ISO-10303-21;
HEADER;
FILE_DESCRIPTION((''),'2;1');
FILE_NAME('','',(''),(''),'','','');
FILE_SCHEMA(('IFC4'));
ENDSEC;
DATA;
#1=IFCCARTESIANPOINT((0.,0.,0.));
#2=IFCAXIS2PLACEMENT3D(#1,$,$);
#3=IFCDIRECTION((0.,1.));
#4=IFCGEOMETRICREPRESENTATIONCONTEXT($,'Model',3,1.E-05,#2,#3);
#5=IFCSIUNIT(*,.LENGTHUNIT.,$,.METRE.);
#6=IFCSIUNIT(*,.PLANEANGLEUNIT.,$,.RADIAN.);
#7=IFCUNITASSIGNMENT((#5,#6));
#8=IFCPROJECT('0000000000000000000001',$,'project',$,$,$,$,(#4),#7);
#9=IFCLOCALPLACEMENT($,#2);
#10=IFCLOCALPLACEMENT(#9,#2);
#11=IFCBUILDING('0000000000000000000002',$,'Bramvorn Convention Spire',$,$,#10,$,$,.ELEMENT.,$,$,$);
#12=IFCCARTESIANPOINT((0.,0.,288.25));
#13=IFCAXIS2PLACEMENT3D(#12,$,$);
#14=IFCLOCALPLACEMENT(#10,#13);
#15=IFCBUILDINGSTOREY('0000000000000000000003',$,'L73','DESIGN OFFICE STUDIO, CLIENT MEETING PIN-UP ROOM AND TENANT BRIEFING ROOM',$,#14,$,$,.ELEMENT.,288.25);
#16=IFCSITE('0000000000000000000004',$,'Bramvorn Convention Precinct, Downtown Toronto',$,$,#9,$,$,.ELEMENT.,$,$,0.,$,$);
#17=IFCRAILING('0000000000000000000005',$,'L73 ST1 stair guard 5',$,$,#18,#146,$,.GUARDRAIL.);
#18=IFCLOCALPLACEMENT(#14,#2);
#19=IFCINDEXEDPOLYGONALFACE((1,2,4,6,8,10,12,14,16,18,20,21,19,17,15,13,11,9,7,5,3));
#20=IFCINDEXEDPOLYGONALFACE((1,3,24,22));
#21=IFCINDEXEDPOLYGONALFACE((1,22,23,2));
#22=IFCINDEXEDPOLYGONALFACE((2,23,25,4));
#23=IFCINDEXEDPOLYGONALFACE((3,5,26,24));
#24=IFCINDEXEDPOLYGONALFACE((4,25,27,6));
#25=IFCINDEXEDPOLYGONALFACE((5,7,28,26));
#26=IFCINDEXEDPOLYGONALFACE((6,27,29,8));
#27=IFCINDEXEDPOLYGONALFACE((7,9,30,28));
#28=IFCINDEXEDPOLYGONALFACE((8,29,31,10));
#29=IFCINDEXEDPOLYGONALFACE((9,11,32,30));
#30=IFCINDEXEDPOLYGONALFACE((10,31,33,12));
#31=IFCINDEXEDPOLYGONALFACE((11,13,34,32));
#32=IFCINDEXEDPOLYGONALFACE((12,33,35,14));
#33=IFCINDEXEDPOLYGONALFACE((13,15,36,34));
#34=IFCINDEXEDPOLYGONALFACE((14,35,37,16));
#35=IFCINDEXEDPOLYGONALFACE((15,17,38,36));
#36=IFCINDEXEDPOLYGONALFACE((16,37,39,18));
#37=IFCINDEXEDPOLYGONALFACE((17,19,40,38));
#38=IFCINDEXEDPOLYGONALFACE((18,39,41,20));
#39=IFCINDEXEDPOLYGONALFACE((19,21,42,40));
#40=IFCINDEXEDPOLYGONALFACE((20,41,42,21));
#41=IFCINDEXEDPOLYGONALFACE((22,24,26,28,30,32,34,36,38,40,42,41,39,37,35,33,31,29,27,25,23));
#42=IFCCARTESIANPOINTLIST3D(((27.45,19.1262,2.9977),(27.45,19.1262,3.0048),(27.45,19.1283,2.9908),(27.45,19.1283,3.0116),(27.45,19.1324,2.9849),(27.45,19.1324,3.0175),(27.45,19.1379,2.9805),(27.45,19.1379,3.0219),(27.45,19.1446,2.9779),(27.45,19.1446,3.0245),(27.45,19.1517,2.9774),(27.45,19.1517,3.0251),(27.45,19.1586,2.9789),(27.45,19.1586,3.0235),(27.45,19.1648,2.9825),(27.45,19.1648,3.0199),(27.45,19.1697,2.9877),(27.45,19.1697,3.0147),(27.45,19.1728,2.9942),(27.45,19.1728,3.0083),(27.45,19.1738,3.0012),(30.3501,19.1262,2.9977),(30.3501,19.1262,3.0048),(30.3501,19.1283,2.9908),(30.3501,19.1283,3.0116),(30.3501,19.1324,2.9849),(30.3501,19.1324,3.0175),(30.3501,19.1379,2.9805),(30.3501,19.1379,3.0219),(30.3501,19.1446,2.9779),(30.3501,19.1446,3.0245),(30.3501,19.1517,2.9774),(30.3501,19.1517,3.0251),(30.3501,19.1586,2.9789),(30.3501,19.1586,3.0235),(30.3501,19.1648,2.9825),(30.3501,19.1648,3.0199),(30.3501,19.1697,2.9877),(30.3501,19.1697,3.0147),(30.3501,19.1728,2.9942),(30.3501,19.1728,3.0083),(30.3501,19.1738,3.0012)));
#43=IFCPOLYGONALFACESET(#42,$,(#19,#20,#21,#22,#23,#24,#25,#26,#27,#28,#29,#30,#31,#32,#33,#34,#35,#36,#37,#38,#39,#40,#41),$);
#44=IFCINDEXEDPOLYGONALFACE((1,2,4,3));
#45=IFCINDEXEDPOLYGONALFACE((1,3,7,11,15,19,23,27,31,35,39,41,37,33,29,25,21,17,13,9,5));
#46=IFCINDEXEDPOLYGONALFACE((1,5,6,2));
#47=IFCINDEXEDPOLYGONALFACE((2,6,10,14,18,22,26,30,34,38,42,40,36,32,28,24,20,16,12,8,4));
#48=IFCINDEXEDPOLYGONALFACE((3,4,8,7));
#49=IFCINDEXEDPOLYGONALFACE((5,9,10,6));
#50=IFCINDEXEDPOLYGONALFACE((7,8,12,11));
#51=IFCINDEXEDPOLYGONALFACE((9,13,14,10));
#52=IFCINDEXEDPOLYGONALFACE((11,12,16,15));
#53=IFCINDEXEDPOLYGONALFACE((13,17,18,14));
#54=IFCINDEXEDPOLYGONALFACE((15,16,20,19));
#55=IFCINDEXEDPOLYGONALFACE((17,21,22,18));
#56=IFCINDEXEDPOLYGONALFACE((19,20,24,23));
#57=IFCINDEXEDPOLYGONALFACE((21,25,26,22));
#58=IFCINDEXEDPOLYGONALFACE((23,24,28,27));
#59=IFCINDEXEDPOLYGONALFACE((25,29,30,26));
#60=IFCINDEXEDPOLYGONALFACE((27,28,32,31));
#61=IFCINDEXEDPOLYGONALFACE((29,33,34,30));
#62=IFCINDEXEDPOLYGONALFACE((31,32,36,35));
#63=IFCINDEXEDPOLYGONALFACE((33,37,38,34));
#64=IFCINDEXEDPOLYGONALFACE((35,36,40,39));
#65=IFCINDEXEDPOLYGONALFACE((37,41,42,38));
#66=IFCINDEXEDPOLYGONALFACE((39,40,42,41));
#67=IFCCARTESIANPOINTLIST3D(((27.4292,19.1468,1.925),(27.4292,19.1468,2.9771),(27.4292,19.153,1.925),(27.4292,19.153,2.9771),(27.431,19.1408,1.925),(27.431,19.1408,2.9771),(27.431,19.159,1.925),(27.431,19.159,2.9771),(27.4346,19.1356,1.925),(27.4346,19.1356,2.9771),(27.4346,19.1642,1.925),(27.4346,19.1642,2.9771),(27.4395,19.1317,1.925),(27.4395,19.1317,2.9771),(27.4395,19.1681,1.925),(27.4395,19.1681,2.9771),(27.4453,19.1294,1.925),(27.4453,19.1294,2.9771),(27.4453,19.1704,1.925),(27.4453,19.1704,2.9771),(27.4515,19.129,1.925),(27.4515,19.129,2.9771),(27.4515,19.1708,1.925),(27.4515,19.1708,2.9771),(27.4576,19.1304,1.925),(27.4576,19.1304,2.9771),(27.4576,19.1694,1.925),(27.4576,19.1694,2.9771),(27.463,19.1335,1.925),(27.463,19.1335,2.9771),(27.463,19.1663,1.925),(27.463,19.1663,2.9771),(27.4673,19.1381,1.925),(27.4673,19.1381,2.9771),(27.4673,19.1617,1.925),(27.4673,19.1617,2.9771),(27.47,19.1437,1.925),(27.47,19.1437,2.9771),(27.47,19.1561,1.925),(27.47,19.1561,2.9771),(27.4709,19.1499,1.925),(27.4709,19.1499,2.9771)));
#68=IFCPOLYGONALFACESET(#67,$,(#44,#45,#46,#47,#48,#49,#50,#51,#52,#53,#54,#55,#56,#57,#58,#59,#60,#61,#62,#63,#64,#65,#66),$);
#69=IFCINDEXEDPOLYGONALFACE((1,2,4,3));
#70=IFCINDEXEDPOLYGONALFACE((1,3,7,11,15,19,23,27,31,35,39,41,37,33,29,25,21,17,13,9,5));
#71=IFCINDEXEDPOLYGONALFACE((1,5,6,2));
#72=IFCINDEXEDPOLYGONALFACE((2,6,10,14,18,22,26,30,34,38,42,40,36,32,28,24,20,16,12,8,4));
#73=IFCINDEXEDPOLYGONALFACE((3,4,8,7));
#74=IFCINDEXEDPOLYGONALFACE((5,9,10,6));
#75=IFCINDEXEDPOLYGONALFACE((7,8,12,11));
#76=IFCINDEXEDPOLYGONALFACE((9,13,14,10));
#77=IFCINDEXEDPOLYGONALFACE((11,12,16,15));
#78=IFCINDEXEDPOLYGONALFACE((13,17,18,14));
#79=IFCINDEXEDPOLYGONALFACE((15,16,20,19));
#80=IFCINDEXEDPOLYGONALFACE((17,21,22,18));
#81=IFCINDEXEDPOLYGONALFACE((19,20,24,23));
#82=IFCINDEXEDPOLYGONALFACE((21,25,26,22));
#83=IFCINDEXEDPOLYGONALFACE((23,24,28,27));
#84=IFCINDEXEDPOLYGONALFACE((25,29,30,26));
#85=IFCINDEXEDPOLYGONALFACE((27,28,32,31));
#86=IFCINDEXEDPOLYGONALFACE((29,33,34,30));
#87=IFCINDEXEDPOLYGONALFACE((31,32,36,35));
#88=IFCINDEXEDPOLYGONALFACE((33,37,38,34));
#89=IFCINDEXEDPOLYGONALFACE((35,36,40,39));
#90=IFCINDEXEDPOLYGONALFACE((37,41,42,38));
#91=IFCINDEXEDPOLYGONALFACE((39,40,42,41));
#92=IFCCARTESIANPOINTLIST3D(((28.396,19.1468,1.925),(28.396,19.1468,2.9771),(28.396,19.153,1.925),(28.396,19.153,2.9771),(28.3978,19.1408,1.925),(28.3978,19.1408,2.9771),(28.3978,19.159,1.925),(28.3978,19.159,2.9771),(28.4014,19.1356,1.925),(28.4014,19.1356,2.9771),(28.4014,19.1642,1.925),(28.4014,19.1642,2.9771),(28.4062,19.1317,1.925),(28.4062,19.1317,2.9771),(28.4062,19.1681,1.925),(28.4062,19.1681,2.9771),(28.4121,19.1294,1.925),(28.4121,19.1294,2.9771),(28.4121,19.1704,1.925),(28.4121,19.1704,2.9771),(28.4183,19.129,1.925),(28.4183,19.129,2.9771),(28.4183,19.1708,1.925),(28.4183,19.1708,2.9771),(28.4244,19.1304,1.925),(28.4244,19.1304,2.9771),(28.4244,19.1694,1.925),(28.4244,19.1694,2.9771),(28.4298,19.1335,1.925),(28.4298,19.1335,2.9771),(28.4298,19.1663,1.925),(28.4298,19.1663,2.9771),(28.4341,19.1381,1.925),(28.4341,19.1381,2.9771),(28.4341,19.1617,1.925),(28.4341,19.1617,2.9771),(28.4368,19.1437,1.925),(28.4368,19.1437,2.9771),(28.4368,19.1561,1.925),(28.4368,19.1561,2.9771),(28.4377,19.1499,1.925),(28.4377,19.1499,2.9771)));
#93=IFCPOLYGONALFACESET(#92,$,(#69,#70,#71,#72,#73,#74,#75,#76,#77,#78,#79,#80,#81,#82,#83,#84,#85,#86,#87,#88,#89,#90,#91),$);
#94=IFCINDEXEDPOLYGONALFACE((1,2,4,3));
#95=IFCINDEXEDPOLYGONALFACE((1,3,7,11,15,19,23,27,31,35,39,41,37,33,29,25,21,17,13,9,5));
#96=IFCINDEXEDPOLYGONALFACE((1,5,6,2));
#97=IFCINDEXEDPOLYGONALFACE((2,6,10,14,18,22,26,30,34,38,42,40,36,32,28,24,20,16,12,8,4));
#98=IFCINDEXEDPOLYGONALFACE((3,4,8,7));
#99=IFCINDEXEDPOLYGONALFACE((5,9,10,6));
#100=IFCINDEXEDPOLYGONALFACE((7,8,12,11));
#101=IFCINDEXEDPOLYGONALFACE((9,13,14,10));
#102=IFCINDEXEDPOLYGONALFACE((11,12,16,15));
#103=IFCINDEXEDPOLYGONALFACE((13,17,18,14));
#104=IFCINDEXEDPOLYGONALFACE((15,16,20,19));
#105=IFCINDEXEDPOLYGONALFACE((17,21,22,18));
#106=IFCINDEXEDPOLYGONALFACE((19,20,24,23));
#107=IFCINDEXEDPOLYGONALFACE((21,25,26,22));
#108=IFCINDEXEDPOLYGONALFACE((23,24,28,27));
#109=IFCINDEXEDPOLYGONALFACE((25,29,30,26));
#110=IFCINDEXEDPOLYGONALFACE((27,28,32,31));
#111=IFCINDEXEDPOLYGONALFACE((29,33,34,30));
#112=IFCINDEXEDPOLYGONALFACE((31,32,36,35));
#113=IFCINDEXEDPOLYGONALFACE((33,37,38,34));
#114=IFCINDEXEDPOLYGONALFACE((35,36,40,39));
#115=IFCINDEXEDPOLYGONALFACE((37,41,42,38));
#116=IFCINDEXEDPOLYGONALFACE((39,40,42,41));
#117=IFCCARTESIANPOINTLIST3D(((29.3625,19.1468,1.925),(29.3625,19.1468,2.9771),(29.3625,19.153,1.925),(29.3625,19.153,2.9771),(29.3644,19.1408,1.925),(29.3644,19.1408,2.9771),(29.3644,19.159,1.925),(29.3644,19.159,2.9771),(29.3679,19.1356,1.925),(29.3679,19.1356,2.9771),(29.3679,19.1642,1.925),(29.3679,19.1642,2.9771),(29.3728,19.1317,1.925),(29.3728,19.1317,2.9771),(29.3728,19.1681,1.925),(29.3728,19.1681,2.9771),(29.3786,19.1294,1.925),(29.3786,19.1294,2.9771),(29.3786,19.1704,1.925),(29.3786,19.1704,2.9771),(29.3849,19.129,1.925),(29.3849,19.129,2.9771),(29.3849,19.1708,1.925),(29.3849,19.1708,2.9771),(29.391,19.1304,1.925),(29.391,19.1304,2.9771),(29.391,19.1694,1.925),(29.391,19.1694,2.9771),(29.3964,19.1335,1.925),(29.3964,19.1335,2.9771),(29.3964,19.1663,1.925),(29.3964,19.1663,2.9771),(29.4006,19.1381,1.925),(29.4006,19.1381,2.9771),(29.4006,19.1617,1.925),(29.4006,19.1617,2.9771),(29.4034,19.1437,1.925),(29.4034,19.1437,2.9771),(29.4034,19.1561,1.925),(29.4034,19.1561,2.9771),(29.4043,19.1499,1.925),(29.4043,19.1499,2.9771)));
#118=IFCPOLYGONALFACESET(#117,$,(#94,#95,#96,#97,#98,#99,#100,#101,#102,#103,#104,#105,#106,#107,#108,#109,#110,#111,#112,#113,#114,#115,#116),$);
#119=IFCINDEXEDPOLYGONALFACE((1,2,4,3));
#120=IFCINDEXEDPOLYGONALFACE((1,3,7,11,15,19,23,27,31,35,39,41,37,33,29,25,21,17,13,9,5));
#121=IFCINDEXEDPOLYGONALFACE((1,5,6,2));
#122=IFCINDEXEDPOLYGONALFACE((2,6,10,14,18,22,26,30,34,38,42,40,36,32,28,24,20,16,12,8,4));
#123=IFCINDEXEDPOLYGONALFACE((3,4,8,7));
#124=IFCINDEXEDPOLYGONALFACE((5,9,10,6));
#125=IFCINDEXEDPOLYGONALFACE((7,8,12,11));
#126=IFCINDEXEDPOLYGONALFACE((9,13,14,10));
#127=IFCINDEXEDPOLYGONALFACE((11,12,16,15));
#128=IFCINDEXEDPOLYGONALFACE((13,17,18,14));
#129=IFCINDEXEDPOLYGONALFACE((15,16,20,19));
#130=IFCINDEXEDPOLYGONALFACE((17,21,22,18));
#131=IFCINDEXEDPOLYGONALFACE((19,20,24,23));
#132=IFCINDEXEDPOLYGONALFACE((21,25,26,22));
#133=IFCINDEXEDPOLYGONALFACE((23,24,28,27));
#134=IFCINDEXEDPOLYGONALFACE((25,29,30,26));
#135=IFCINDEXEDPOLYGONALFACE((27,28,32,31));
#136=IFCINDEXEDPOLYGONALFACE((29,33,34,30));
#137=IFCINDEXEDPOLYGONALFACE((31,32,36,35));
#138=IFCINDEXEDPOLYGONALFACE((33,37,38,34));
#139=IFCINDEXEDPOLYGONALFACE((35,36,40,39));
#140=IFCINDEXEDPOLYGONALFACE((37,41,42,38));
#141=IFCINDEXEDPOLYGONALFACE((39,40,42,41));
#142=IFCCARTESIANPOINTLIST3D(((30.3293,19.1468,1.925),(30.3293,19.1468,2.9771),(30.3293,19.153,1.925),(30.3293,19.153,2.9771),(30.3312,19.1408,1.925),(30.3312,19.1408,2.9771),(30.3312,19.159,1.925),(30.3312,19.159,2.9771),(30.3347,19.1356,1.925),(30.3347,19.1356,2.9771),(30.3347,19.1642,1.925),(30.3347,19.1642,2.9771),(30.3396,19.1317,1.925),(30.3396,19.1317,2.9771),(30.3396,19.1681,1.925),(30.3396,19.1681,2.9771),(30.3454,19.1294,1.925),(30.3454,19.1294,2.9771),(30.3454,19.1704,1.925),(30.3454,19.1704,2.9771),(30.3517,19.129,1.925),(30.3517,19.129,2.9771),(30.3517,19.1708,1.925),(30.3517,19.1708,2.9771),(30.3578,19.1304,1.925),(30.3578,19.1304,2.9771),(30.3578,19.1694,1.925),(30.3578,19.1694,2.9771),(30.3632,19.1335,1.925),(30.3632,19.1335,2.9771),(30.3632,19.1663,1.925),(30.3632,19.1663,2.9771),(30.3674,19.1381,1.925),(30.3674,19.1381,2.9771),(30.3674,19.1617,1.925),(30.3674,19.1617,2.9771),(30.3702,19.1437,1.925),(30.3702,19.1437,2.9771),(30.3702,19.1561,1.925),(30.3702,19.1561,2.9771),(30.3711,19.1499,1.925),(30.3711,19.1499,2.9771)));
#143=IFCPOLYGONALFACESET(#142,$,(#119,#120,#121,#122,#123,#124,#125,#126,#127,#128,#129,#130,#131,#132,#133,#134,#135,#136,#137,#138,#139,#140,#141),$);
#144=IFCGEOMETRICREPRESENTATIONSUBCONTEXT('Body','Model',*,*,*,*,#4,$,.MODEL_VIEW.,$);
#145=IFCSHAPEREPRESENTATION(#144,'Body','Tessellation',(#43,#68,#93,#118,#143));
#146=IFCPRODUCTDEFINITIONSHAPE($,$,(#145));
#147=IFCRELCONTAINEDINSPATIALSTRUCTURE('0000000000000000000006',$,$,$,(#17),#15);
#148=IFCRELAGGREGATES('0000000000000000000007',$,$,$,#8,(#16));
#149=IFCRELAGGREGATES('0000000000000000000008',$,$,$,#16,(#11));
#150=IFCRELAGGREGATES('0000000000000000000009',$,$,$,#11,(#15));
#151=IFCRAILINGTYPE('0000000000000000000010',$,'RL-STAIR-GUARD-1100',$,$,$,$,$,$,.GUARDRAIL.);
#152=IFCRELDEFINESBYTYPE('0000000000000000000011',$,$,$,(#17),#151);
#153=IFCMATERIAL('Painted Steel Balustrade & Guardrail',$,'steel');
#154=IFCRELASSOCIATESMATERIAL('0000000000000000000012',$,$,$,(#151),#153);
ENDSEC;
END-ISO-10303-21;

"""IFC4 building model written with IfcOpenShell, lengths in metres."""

from ifc_helpers import new_model, si_unit, direction, frame, origin, origin_2d, place, context, subcontext, project, spatial, circle, extrude, material, type_object, element, save


model = new_model("IFC4")

# Units and contexts
model_context = context("Model", 3, precision=1e-05, world=origin(), true_north=direction((0.0, 1.0)))
body_context = subcontext(model_context, "Body", "Model", "MODEL_VIEW")
ifc_project = project(units=[si_unit("LENGTHUNIT", "METRE"), si_unit("PLANEANGLEUNIT", "RADIAN")], contexts=[model_context])

# Site, building, storey
site_placement = place(None, origin())
site = spatial("IfcSite", under=ifc_project, at=site_placement, Name="Bramvorn Convention Precinct, Downtown Toronto", CompositionType="ELEMENT", RefElevation=0.0)
building_placement = place(site_placement, origin())
building = spatial("IfcBuilding", under=site, at=building_placement, Name="Bramvorn Convention Spire", CompositionType="ELEMENT")
storey_placement = place(building_placement, frame((0.0, 0.0, 288.25)))
storey = spatial("IfcBuildingStorey", under=building, at=storey_placement, Name="L73", Description="DESIGN OFFICE STUDIO, CLIENT MEETING PIN-UP ROOM AND TENANT BRIEFING ROOM", CompositionType="ELEMENT", Elevation=288.25)

# Railing
ifc_material_1 = material(Name="Painted Steel Balustrade & Guardrail", Category="steel")
railing_type = type_object("IfcRailingType", Name="RL-STAIR-GUARD-1100", PredefinedType="GUARDRAIL", material=ifc_material_1)
railing_1_placement = place(storey_placement, frame((27.45, 19.1499, 1.925)))
element("IfcRailing", 1, at=railing_1_placement, inside=storey, type_object=railing_type, Name="L73 ST1 stair guard 5", PredefinedType="GUARDRAIL", context=body_context, shape_type="SweptSolid", body=[
    extrude(circle(Radius=0.0239, at=origin_2d()), frame((0.0, 0.0, 1.0762), z_axis=(1.0, 0.0, 0.0), x_axis=(0.0, 1.0, 0.0)), (0.0, 0.0, 1.0), 2.9001),
    extrude(circle(Radius=0.021, at=origin_2d()), origin(), (0.0, 0.0, 1.0), 1.052),
    extrude(circle(Radius=0.021, at=origin_2d()), frame((0.9668, 0.0, 0.0)), (0.0, 0.0, 1.0), 1.052),
    extrude(circle(Radius=0.021, at=origin_2d()), frame((1.9333, 0.0, 0.0)), (0.0, 0.0, 1.0), 1.052),
    extrude(circle(Radius=0.021, at=origin_2d()), frame((2.9001, 0.0, 0.0)), (0.0, 0.0, 1.0), 1.052),
])

save(model, "model.ifc")
